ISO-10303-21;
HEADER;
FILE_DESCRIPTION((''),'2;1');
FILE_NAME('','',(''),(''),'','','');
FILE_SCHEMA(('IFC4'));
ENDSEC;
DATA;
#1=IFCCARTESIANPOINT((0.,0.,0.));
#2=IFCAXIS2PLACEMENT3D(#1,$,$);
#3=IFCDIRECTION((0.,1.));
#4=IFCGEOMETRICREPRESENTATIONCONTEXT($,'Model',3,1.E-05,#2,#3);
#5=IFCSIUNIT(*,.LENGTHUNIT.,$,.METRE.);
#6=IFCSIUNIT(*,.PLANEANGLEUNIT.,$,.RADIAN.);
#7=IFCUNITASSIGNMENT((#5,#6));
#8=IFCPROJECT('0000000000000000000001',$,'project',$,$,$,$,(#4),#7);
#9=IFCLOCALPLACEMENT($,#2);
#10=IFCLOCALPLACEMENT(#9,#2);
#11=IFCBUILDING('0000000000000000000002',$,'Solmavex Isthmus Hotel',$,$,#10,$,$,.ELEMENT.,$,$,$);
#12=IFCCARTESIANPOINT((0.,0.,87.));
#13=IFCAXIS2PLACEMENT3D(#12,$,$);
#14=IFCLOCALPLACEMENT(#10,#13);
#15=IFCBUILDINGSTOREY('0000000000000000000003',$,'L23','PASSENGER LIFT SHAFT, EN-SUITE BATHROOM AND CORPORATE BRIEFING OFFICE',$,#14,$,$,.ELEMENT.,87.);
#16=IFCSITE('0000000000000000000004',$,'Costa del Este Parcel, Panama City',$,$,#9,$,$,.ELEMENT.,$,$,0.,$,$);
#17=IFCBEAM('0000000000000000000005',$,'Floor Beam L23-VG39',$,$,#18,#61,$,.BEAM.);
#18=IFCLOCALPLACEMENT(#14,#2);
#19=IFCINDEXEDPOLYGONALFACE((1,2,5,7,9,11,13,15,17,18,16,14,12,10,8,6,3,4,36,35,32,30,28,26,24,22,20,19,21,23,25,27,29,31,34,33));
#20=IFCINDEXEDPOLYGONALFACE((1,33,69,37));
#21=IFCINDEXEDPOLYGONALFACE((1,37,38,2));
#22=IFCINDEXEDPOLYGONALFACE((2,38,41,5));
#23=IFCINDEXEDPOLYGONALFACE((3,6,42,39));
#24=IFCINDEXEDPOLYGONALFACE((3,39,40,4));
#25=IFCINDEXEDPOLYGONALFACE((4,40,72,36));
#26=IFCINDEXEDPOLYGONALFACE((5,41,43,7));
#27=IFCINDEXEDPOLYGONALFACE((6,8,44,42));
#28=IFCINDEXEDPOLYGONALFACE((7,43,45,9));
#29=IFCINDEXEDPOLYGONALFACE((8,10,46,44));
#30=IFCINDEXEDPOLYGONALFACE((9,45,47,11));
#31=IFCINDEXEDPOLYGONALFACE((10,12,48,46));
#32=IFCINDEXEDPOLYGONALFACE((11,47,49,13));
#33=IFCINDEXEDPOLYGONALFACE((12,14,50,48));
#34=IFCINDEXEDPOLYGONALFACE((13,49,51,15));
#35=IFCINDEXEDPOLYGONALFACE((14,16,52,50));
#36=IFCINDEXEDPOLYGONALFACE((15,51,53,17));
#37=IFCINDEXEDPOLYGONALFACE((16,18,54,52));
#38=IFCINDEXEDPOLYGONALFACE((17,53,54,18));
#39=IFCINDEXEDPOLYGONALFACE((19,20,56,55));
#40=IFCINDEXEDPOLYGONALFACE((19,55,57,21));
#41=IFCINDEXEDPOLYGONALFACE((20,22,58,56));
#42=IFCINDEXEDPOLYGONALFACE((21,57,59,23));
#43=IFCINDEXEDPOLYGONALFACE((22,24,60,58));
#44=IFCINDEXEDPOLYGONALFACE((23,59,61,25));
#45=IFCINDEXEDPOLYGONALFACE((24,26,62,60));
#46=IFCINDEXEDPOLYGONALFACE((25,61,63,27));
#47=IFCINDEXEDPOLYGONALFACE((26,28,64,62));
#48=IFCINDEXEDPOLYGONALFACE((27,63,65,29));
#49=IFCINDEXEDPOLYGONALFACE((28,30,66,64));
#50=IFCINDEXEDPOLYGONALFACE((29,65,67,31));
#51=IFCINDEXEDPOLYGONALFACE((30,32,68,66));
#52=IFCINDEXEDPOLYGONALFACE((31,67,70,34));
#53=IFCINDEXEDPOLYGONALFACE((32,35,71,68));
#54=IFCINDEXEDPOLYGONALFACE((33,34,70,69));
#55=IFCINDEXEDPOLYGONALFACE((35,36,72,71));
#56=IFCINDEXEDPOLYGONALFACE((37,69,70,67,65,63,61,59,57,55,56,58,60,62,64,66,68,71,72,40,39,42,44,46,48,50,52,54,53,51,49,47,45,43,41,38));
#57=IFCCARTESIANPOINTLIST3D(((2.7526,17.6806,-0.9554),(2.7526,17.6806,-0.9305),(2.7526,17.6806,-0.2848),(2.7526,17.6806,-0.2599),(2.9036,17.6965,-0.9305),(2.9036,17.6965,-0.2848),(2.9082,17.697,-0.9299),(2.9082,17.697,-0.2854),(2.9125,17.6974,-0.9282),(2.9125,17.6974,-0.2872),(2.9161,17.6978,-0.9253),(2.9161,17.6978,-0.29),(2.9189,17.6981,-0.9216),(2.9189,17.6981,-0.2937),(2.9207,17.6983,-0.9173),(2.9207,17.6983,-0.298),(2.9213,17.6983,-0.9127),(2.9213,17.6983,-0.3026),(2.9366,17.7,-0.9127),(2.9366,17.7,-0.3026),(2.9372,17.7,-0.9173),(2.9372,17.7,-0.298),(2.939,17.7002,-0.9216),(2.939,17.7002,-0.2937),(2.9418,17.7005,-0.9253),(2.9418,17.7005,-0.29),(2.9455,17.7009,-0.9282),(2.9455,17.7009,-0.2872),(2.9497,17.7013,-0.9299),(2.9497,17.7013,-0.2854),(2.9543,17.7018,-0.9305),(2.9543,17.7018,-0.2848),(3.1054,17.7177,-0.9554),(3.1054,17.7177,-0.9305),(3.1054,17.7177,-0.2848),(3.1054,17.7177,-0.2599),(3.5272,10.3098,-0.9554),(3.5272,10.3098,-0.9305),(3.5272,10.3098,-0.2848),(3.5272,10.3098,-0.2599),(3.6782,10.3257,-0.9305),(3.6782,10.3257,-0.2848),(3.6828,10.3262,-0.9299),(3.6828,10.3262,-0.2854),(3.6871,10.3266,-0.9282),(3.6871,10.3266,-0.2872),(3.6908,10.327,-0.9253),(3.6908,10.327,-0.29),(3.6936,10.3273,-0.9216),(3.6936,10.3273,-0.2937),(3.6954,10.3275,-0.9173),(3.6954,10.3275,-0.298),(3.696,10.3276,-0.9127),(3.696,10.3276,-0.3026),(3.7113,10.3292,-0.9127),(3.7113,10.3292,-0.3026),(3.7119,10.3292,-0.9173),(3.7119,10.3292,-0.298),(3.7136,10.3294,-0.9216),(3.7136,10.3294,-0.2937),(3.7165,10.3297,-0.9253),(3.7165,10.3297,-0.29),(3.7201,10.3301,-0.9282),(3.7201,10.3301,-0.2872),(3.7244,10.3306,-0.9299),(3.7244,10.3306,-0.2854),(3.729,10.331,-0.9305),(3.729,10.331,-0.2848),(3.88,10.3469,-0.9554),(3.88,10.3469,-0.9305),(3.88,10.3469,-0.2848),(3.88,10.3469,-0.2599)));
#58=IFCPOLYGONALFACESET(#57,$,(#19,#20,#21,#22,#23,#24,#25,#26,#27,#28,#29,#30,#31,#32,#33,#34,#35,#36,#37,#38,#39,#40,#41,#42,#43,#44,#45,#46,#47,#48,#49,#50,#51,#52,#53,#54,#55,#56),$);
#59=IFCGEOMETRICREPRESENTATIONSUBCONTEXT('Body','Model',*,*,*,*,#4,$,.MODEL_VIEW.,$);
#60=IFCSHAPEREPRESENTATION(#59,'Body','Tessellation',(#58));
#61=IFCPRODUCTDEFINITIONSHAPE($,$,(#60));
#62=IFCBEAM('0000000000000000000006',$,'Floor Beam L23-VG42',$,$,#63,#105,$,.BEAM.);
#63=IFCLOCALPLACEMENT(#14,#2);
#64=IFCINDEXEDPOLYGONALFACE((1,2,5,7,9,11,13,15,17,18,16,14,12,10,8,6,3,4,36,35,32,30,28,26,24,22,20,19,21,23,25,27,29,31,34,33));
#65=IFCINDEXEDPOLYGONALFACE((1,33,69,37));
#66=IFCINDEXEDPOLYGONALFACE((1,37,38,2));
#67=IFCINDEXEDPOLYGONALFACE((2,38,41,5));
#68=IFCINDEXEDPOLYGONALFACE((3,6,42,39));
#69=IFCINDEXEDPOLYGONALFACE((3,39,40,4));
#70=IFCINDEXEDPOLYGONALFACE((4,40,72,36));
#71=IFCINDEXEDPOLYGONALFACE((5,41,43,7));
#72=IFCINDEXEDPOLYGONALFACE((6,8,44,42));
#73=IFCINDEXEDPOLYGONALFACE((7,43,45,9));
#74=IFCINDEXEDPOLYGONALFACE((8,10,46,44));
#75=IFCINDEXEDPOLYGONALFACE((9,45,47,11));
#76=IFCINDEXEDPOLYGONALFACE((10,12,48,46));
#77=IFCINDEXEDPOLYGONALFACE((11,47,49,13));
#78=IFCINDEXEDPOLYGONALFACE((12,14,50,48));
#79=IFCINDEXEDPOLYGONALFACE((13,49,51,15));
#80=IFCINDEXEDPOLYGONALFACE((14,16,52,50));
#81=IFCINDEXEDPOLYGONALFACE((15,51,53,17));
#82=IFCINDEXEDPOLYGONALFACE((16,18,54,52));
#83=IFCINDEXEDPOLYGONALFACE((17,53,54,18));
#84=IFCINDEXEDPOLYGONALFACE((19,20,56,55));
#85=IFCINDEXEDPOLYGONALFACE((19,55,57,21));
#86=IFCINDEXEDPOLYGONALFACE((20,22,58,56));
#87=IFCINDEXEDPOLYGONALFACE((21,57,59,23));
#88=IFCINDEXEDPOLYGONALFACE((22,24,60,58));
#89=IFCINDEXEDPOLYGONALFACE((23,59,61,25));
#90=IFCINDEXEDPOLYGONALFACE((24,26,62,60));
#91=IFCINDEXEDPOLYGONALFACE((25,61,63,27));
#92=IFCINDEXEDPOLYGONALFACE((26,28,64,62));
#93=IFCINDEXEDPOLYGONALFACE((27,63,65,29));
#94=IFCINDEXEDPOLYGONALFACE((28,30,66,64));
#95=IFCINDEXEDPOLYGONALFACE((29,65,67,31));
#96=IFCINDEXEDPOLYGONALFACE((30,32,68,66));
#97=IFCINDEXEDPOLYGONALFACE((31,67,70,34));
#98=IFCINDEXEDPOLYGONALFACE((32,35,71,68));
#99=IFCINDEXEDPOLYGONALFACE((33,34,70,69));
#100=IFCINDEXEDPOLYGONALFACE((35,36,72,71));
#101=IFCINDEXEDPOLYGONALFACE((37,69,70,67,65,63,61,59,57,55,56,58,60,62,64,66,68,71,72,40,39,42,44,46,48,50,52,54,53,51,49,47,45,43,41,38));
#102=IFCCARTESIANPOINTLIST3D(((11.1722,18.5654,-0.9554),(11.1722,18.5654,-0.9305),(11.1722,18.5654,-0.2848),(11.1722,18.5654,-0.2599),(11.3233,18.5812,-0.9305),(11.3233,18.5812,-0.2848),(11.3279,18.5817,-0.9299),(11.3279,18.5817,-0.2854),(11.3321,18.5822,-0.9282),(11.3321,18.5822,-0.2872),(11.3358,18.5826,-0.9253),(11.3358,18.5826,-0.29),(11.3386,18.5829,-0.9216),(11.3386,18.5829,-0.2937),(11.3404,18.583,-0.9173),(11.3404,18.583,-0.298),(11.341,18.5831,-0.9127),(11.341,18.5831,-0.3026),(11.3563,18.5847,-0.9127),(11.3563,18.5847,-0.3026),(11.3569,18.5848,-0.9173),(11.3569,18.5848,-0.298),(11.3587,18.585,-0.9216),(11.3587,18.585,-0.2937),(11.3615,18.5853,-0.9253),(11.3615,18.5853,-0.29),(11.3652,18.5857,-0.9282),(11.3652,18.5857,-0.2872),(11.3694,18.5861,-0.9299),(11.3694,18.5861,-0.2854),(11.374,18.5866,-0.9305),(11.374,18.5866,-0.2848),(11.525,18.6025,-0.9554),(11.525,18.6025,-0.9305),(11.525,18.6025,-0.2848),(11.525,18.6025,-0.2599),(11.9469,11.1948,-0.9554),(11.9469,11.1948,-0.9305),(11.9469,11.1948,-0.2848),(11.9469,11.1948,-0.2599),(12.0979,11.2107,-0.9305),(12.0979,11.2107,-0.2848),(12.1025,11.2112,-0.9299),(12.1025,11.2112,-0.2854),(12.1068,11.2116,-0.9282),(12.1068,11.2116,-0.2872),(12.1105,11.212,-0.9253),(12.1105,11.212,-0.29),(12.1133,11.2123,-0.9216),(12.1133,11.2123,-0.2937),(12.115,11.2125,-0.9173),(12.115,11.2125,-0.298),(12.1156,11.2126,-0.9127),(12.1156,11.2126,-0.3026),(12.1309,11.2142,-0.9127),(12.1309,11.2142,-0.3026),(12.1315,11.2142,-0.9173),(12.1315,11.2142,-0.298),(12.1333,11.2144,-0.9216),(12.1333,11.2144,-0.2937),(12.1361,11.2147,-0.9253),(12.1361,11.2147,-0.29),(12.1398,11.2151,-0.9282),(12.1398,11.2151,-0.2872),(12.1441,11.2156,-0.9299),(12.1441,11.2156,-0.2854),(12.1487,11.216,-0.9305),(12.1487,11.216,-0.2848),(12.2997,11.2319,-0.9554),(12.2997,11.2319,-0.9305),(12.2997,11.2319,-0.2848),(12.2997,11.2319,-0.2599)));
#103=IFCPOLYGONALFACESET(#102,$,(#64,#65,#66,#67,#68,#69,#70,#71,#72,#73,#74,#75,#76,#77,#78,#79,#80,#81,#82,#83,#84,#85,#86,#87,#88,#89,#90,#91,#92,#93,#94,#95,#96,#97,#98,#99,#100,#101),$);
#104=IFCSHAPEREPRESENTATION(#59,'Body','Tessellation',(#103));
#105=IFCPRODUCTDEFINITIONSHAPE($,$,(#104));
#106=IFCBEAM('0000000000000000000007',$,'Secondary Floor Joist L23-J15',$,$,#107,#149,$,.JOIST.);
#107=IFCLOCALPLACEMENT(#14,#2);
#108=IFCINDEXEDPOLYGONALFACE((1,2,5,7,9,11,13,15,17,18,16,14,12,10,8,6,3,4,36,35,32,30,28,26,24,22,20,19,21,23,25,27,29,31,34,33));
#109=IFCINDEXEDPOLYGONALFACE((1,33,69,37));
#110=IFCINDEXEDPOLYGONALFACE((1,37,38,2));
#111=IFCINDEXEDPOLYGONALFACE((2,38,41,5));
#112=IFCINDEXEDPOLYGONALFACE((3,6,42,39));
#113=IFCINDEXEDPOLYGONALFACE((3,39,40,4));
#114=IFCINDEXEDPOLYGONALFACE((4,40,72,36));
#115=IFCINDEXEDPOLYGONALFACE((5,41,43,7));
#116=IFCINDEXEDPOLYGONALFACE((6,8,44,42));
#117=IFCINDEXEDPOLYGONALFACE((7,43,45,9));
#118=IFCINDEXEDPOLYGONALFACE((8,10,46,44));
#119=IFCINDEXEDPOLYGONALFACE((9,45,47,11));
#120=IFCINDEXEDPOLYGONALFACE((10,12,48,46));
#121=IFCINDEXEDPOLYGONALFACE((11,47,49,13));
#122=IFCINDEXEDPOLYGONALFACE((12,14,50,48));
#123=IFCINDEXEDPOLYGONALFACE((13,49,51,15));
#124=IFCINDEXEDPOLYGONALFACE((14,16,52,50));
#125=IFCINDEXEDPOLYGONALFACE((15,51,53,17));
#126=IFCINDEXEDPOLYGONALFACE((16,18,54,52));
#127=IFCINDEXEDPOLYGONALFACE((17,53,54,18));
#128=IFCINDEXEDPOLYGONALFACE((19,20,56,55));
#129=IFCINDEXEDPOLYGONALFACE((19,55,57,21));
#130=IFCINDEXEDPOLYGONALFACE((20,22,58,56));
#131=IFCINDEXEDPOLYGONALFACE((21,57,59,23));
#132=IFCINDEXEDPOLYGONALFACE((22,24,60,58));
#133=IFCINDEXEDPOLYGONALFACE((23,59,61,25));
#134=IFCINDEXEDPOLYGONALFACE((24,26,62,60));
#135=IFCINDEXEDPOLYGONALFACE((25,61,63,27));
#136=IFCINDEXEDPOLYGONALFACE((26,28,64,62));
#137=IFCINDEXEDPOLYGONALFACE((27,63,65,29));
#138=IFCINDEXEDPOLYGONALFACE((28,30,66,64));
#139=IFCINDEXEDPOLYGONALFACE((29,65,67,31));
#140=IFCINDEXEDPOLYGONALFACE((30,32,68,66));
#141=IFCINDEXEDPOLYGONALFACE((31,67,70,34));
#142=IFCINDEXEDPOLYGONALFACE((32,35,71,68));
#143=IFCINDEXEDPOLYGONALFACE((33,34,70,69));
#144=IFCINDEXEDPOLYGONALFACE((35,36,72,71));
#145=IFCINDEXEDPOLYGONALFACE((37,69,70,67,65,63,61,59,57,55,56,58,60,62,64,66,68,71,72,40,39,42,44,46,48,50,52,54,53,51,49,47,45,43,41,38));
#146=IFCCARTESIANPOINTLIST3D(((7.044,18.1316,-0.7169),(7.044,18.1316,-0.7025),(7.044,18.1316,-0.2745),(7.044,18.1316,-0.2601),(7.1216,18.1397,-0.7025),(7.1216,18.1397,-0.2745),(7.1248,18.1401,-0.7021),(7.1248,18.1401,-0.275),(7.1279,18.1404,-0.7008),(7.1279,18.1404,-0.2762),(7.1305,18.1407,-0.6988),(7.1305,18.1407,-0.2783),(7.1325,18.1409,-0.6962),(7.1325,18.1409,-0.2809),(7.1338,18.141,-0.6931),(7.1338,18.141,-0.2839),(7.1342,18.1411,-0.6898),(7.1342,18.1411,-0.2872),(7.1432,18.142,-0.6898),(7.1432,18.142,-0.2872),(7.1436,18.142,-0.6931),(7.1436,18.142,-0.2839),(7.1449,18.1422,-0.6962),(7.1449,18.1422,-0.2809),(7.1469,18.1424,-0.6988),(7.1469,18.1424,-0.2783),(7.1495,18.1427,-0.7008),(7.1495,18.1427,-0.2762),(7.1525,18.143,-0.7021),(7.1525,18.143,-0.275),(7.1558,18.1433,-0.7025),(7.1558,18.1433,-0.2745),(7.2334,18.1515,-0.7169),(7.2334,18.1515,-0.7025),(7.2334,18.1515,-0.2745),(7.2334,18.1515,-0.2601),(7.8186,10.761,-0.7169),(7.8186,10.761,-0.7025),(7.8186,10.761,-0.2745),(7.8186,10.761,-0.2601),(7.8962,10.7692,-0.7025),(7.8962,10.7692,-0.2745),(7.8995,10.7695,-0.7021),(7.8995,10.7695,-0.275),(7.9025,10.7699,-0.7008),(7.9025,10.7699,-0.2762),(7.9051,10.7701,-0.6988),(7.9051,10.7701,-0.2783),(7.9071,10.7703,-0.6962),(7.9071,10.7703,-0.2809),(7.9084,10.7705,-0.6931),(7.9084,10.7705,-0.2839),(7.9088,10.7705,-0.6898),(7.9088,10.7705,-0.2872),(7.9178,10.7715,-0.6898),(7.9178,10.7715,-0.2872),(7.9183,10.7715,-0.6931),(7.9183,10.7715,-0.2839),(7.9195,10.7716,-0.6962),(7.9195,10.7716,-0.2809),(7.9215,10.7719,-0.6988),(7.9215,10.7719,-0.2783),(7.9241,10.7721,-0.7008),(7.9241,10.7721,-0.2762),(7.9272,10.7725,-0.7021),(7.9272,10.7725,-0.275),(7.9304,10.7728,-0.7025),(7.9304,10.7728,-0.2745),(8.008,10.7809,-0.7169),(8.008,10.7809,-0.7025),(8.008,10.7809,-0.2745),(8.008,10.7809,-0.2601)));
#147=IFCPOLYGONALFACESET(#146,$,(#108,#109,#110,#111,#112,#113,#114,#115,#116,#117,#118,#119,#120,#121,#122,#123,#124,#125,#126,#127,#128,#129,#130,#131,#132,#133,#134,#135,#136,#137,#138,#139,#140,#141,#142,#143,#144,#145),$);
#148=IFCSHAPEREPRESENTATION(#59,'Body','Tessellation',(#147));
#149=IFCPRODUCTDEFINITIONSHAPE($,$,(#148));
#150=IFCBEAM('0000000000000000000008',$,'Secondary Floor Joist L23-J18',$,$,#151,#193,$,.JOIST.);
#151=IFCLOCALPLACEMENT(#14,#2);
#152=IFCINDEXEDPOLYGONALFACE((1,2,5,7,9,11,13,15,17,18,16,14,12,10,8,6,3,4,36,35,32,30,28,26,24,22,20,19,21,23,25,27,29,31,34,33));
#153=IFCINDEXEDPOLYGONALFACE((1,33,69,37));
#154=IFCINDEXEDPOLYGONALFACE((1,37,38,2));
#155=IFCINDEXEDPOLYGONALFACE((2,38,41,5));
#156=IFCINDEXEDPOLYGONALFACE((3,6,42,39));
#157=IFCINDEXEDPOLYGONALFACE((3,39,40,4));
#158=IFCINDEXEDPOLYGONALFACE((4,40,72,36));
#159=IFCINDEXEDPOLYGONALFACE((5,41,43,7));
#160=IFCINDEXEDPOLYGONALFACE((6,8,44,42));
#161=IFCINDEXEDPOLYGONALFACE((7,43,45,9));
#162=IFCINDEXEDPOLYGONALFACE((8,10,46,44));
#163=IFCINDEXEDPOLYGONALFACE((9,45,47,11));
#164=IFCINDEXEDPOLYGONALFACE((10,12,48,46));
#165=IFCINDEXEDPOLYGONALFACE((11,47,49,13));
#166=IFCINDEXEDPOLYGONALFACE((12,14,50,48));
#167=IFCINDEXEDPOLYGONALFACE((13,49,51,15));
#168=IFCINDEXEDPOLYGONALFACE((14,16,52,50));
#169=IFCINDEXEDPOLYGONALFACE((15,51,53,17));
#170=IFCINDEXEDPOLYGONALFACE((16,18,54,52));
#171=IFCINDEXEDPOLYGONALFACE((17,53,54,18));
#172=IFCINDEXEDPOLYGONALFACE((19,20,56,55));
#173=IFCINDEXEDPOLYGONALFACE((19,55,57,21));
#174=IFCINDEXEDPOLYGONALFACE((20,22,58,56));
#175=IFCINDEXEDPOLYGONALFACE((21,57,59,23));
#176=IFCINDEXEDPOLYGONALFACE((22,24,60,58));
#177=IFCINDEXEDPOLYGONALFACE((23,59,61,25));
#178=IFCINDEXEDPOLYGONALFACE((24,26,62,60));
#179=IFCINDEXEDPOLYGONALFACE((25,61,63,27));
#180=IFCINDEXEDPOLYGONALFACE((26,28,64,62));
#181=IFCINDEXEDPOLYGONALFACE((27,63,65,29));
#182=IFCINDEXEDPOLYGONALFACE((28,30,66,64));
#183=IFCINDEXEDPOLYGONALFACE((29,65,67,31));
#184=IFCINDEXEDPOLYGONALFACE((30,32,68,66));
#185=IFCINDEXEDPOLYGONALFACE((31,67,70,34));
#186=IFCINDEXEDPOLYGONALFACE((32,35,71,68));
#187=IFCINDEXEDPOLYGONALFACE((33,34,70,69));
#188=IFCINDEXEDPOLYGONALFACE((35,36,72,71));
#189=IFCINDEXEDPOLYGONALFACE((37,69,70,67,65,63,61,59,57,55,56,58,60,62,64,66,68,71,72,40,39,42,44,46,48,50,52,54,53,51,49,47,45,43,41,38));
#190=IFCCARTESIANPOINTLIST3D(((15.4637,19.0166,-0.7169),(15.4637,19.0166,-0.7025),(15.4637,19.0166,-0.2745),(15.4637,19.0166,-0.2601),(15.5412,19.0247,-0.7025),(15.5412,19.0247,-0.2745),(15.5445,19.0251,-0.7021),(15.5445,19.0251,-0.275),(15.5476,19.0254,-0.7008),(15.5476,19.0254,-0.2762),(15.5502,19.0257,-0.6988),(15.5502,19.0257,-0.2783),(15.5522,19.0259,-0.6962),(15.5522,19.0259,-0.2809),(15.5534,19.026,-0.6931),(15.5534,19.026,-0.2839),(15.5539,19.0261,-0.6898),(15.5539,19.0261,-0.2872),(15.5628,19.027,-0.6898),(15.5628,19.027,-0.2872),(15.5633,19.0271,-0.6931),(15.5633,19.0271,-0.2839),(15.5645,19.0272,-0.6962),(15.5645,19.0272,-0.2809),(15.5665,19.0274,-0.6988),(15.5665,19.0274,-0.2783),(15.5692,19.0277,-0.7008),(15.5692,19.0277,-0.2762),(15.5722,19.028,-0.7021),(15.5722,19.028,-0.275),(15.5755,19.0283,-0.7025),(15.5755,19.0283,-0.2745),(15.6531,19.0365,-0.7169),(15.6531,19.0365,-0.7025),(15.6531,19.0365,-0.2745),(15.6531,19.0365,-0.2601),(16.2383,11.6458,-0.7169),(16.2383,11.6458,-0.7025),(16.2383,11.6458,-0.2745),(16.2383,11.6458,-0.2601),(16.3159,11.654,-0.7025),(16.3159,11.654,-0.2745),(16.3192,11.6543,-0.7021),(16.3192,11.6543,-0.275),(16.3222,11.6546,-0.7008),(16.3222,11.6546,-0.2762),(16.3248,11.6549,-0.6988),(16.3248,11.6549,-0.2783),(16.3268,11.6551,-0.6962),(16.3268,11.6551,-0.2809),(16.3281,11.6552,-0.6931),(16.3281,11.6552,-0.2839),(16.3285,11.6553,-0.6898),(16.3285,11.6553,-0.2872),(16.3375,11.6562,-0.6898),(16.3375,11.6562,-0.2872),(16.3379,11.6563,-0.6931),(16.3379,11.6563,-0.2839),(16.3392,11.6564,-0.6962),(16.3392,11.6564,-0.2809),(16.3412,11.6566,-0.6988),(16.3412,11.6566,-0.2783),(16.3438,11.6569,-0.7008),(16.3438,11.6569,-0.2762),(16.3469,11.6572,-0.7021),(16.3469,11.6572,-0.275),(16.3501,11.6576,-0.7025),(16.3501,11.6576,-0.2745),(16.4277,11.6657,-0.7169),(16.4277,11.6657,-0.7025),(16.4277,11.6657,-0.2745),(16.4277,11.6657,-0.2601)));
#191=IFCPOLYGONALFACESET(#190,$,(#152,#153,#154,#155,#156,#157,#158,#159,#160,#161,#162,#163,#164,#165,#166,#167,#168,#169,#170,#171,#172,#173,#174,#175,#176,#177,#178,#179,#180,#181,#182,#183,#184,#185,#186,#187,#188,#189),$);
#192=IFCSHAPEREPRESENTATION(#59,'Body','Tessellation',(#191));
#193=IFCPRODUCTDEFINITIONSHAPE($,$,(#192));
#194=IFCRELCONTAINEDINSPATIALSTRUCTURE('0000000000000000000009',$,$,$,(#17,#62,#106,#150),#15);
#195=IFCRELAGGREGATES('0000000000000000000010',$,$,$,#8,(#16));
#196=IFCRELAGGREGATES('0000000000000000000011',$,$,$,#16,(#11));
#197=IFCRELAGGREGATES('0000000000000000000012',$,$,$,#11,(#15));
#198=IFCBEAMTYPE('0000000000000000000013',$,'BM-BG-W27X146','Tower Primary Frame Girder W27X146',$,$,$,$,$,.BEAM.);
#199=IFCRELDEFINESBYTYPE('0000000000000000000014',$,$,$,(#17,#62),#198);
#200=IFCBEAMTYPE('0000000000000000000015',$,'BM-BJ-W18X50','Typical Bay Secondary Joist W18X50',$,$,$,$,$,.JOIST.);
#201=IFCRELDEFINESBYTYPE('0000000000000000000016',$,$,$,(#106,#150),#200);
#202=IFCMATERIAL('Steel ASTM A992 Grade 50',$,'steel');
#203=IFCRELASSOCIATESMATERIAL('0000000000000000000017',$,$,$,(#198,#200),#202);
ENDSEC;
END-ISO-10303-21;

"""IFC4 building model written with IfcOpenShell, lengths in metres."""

from ifc_helpers import new_model, si_unit, direction, frame, origin, origin_2d, place, context, subcontext, project, spatial, i_section, extrude, material, material_profile, profile_set, type_object, element, save


model = new_model("IFC4")

# Units and contexts
model_context = context("Model", 3, precision=1e-05, world=origin(), true_north=direction((0.0, 1.0)))
body_context = subcontext(model_context, "Body", "Model", "MODEL_VIEW")
ifc_project = project(units=[si_unit("LENGTHUNIT", "METRE"), si_unit("PLANEANGLEUNIT", "RADIAN")], contexts=[model_context])

# Site, building, storey
site_placement = place(None, origin())
site = spatial("IfcSite", under=ifc_project, at=site_placement, Name="Costa del Este Parcel, Panama City", CompositionType="ELEMENT", RefElevation=0.0)
building_placement = place(site_placement, origin())
building = spatial("IfcBuilding", under=site, at=building_placement, Name="Solmavex Isthmus Hotel", CompositionType="ELEMENT")
storey_placement = place(building_placement, frame((0.0, 0.0, 87.0)))
storey = spatial("IfcBuildingStorey", under=building, at=storey_placement, Name="L23", Description="PASSENGER LIFT SHAFT, EN-SUITE BATHROOM AND CORPORATE BRIEFING OFFICE", CompositionType="ELEMENT", Elevation=87.0)

# Beams
ifc_material_1 = material(Name="Steel ASTM A992 Grade 50", Category="steel")
ifc_material_profile_1 = material_profile(ifc_material_1, i_section(OverallWidth=0.3547, OverallDepth=0.6956, WebThickness=0.0154, FlangeThickness=0.0249, FilletRadius=0.0178, at=origin_2d()), Name="W27X146")
ifc_profile_set_1 = profile_set([ifc_material_profile_1], Name="Steel ASTM A992 Grade 50")
beam_type_1 = type_object("IfcBeamType", Name="BM-BG-W27X146", Description="Tower Primary Frame Girder W27X146", PredefinedType="BEAM", material=ifc_profile_set_1)
beam_1_placement = place(storey_placement, frame((3.7036, 10.3284, -0.6077), z_axis=(-0.104522, 0.994523, 0.0), x_axis=(-0.994523, -0.104522, 0.0)))
element("IfcBeam", 1, at=beam_1_placement, inside=storey, type_object=beam_type_1, Name="Floor Beam L23-VG39", PredefinedType="BEAM", context=body_context, shape_type="SweptSolid", body=[
    extrude(i_section(OverallWidth=0.3547, OverallDepth=0.6956, WebThickness=0.0154, FlangeThickness=0.0249, FilletRadius=0.0178, at=origin_2d()), origin(), (0.0, 0.0, 1.0), 7.4114),
])
beam_2_placement = place(storey_placement, frame((12.1233, 11.2134, -0.6077), z_axis=(-0.104525, 0.994522, 0.0), x_axis=(-0.994522, -0.104525, 0.0)))
element("IfcBeam", 2, at=beam_2_placement, inside=storey, type_object=beam_type_1, Name="Floor Beam L23-VG42", PredefinedType="BEAM", context=body_context, shape_type="SweptSolid", body=[
    extrude(i_section(OverallWidth=0.3547, OverallDepth=0.6956, WebThickness=0.0154, FlangeThickness=0.0249, FilletRadius=0.0178, at=origin_2d()), origin(), (0.0, 0.0, 1.0), 7.4111),
])
ifc_material_profile_2 = material_profile(ifc_material_1, i_section(OverallWidth=0.1904, OverallDepth=0.4568, WebThickness=0.009, FlangeThickness=0.0144, FilletRadius=0.0127, at=origin_2d()), Name="W18X50")
ifc_profile_set_2 = profile_set([ifc_material_profile_2], Name="Steel ASTM A992 Grade 50")
beam_type_2 = type_object("IfcBeamType", Name="BM-BJ-W18X50", Description="Typical Bay Secondary Joist W18X50", PredefinedType="JOIST", material=ifc_profile_set_2)
beam_3_placement = place(storey_placement, frame((7.9133, 10.771, -0.4885), z_axis=(-0.104525, 0.994522, 0.0), x_axis=(-0.994522, -0.104525, 0.0)))
element("IfcBeam", 3, at=beam_3_placement, inside=storey, type_object=beam_type_2, Name="Secondary Floor Joist L23-J15", PredefinedType="JOIST", context=body_context, shape_type="SweptSolid", body=[
    extrude(i_section(OverallWidth=0.1904, OverallDepth=0.4568, WebThickness=0.009, FlangeThickness=0.0144, FilletRadius=0.0127, at=origin_2d()), origin(), (0.0, 0.0, 1.0), 7.4111),
])
beam_4_placement = place(storey_placement, frame((16.333, 11.6558, -0.4885), z_axis=(-0.104522, 0.994523, 0.0), x_axis=(-0.994523, -0.104522, 0.0)))
element("IfcBeam", 4, at=beam_4_placement, inside=storey, type_object=beam_type_2, Name="Secondary Floor Joist L23-J18", PredefinedType="JOIST", context=body_context, shape_type="SweptSolid", body=[
    extrude(i_section(OverallWidth=0.1904, OverallDepth=0.4568, WebThickness=0.009, FlangeThickness=0.0144, FilletRadius=0.0127, at=origin_2d()), origin(), (0.0, 0.0, 1.0), 7.4114),
])

save(model, "model.ifc")
